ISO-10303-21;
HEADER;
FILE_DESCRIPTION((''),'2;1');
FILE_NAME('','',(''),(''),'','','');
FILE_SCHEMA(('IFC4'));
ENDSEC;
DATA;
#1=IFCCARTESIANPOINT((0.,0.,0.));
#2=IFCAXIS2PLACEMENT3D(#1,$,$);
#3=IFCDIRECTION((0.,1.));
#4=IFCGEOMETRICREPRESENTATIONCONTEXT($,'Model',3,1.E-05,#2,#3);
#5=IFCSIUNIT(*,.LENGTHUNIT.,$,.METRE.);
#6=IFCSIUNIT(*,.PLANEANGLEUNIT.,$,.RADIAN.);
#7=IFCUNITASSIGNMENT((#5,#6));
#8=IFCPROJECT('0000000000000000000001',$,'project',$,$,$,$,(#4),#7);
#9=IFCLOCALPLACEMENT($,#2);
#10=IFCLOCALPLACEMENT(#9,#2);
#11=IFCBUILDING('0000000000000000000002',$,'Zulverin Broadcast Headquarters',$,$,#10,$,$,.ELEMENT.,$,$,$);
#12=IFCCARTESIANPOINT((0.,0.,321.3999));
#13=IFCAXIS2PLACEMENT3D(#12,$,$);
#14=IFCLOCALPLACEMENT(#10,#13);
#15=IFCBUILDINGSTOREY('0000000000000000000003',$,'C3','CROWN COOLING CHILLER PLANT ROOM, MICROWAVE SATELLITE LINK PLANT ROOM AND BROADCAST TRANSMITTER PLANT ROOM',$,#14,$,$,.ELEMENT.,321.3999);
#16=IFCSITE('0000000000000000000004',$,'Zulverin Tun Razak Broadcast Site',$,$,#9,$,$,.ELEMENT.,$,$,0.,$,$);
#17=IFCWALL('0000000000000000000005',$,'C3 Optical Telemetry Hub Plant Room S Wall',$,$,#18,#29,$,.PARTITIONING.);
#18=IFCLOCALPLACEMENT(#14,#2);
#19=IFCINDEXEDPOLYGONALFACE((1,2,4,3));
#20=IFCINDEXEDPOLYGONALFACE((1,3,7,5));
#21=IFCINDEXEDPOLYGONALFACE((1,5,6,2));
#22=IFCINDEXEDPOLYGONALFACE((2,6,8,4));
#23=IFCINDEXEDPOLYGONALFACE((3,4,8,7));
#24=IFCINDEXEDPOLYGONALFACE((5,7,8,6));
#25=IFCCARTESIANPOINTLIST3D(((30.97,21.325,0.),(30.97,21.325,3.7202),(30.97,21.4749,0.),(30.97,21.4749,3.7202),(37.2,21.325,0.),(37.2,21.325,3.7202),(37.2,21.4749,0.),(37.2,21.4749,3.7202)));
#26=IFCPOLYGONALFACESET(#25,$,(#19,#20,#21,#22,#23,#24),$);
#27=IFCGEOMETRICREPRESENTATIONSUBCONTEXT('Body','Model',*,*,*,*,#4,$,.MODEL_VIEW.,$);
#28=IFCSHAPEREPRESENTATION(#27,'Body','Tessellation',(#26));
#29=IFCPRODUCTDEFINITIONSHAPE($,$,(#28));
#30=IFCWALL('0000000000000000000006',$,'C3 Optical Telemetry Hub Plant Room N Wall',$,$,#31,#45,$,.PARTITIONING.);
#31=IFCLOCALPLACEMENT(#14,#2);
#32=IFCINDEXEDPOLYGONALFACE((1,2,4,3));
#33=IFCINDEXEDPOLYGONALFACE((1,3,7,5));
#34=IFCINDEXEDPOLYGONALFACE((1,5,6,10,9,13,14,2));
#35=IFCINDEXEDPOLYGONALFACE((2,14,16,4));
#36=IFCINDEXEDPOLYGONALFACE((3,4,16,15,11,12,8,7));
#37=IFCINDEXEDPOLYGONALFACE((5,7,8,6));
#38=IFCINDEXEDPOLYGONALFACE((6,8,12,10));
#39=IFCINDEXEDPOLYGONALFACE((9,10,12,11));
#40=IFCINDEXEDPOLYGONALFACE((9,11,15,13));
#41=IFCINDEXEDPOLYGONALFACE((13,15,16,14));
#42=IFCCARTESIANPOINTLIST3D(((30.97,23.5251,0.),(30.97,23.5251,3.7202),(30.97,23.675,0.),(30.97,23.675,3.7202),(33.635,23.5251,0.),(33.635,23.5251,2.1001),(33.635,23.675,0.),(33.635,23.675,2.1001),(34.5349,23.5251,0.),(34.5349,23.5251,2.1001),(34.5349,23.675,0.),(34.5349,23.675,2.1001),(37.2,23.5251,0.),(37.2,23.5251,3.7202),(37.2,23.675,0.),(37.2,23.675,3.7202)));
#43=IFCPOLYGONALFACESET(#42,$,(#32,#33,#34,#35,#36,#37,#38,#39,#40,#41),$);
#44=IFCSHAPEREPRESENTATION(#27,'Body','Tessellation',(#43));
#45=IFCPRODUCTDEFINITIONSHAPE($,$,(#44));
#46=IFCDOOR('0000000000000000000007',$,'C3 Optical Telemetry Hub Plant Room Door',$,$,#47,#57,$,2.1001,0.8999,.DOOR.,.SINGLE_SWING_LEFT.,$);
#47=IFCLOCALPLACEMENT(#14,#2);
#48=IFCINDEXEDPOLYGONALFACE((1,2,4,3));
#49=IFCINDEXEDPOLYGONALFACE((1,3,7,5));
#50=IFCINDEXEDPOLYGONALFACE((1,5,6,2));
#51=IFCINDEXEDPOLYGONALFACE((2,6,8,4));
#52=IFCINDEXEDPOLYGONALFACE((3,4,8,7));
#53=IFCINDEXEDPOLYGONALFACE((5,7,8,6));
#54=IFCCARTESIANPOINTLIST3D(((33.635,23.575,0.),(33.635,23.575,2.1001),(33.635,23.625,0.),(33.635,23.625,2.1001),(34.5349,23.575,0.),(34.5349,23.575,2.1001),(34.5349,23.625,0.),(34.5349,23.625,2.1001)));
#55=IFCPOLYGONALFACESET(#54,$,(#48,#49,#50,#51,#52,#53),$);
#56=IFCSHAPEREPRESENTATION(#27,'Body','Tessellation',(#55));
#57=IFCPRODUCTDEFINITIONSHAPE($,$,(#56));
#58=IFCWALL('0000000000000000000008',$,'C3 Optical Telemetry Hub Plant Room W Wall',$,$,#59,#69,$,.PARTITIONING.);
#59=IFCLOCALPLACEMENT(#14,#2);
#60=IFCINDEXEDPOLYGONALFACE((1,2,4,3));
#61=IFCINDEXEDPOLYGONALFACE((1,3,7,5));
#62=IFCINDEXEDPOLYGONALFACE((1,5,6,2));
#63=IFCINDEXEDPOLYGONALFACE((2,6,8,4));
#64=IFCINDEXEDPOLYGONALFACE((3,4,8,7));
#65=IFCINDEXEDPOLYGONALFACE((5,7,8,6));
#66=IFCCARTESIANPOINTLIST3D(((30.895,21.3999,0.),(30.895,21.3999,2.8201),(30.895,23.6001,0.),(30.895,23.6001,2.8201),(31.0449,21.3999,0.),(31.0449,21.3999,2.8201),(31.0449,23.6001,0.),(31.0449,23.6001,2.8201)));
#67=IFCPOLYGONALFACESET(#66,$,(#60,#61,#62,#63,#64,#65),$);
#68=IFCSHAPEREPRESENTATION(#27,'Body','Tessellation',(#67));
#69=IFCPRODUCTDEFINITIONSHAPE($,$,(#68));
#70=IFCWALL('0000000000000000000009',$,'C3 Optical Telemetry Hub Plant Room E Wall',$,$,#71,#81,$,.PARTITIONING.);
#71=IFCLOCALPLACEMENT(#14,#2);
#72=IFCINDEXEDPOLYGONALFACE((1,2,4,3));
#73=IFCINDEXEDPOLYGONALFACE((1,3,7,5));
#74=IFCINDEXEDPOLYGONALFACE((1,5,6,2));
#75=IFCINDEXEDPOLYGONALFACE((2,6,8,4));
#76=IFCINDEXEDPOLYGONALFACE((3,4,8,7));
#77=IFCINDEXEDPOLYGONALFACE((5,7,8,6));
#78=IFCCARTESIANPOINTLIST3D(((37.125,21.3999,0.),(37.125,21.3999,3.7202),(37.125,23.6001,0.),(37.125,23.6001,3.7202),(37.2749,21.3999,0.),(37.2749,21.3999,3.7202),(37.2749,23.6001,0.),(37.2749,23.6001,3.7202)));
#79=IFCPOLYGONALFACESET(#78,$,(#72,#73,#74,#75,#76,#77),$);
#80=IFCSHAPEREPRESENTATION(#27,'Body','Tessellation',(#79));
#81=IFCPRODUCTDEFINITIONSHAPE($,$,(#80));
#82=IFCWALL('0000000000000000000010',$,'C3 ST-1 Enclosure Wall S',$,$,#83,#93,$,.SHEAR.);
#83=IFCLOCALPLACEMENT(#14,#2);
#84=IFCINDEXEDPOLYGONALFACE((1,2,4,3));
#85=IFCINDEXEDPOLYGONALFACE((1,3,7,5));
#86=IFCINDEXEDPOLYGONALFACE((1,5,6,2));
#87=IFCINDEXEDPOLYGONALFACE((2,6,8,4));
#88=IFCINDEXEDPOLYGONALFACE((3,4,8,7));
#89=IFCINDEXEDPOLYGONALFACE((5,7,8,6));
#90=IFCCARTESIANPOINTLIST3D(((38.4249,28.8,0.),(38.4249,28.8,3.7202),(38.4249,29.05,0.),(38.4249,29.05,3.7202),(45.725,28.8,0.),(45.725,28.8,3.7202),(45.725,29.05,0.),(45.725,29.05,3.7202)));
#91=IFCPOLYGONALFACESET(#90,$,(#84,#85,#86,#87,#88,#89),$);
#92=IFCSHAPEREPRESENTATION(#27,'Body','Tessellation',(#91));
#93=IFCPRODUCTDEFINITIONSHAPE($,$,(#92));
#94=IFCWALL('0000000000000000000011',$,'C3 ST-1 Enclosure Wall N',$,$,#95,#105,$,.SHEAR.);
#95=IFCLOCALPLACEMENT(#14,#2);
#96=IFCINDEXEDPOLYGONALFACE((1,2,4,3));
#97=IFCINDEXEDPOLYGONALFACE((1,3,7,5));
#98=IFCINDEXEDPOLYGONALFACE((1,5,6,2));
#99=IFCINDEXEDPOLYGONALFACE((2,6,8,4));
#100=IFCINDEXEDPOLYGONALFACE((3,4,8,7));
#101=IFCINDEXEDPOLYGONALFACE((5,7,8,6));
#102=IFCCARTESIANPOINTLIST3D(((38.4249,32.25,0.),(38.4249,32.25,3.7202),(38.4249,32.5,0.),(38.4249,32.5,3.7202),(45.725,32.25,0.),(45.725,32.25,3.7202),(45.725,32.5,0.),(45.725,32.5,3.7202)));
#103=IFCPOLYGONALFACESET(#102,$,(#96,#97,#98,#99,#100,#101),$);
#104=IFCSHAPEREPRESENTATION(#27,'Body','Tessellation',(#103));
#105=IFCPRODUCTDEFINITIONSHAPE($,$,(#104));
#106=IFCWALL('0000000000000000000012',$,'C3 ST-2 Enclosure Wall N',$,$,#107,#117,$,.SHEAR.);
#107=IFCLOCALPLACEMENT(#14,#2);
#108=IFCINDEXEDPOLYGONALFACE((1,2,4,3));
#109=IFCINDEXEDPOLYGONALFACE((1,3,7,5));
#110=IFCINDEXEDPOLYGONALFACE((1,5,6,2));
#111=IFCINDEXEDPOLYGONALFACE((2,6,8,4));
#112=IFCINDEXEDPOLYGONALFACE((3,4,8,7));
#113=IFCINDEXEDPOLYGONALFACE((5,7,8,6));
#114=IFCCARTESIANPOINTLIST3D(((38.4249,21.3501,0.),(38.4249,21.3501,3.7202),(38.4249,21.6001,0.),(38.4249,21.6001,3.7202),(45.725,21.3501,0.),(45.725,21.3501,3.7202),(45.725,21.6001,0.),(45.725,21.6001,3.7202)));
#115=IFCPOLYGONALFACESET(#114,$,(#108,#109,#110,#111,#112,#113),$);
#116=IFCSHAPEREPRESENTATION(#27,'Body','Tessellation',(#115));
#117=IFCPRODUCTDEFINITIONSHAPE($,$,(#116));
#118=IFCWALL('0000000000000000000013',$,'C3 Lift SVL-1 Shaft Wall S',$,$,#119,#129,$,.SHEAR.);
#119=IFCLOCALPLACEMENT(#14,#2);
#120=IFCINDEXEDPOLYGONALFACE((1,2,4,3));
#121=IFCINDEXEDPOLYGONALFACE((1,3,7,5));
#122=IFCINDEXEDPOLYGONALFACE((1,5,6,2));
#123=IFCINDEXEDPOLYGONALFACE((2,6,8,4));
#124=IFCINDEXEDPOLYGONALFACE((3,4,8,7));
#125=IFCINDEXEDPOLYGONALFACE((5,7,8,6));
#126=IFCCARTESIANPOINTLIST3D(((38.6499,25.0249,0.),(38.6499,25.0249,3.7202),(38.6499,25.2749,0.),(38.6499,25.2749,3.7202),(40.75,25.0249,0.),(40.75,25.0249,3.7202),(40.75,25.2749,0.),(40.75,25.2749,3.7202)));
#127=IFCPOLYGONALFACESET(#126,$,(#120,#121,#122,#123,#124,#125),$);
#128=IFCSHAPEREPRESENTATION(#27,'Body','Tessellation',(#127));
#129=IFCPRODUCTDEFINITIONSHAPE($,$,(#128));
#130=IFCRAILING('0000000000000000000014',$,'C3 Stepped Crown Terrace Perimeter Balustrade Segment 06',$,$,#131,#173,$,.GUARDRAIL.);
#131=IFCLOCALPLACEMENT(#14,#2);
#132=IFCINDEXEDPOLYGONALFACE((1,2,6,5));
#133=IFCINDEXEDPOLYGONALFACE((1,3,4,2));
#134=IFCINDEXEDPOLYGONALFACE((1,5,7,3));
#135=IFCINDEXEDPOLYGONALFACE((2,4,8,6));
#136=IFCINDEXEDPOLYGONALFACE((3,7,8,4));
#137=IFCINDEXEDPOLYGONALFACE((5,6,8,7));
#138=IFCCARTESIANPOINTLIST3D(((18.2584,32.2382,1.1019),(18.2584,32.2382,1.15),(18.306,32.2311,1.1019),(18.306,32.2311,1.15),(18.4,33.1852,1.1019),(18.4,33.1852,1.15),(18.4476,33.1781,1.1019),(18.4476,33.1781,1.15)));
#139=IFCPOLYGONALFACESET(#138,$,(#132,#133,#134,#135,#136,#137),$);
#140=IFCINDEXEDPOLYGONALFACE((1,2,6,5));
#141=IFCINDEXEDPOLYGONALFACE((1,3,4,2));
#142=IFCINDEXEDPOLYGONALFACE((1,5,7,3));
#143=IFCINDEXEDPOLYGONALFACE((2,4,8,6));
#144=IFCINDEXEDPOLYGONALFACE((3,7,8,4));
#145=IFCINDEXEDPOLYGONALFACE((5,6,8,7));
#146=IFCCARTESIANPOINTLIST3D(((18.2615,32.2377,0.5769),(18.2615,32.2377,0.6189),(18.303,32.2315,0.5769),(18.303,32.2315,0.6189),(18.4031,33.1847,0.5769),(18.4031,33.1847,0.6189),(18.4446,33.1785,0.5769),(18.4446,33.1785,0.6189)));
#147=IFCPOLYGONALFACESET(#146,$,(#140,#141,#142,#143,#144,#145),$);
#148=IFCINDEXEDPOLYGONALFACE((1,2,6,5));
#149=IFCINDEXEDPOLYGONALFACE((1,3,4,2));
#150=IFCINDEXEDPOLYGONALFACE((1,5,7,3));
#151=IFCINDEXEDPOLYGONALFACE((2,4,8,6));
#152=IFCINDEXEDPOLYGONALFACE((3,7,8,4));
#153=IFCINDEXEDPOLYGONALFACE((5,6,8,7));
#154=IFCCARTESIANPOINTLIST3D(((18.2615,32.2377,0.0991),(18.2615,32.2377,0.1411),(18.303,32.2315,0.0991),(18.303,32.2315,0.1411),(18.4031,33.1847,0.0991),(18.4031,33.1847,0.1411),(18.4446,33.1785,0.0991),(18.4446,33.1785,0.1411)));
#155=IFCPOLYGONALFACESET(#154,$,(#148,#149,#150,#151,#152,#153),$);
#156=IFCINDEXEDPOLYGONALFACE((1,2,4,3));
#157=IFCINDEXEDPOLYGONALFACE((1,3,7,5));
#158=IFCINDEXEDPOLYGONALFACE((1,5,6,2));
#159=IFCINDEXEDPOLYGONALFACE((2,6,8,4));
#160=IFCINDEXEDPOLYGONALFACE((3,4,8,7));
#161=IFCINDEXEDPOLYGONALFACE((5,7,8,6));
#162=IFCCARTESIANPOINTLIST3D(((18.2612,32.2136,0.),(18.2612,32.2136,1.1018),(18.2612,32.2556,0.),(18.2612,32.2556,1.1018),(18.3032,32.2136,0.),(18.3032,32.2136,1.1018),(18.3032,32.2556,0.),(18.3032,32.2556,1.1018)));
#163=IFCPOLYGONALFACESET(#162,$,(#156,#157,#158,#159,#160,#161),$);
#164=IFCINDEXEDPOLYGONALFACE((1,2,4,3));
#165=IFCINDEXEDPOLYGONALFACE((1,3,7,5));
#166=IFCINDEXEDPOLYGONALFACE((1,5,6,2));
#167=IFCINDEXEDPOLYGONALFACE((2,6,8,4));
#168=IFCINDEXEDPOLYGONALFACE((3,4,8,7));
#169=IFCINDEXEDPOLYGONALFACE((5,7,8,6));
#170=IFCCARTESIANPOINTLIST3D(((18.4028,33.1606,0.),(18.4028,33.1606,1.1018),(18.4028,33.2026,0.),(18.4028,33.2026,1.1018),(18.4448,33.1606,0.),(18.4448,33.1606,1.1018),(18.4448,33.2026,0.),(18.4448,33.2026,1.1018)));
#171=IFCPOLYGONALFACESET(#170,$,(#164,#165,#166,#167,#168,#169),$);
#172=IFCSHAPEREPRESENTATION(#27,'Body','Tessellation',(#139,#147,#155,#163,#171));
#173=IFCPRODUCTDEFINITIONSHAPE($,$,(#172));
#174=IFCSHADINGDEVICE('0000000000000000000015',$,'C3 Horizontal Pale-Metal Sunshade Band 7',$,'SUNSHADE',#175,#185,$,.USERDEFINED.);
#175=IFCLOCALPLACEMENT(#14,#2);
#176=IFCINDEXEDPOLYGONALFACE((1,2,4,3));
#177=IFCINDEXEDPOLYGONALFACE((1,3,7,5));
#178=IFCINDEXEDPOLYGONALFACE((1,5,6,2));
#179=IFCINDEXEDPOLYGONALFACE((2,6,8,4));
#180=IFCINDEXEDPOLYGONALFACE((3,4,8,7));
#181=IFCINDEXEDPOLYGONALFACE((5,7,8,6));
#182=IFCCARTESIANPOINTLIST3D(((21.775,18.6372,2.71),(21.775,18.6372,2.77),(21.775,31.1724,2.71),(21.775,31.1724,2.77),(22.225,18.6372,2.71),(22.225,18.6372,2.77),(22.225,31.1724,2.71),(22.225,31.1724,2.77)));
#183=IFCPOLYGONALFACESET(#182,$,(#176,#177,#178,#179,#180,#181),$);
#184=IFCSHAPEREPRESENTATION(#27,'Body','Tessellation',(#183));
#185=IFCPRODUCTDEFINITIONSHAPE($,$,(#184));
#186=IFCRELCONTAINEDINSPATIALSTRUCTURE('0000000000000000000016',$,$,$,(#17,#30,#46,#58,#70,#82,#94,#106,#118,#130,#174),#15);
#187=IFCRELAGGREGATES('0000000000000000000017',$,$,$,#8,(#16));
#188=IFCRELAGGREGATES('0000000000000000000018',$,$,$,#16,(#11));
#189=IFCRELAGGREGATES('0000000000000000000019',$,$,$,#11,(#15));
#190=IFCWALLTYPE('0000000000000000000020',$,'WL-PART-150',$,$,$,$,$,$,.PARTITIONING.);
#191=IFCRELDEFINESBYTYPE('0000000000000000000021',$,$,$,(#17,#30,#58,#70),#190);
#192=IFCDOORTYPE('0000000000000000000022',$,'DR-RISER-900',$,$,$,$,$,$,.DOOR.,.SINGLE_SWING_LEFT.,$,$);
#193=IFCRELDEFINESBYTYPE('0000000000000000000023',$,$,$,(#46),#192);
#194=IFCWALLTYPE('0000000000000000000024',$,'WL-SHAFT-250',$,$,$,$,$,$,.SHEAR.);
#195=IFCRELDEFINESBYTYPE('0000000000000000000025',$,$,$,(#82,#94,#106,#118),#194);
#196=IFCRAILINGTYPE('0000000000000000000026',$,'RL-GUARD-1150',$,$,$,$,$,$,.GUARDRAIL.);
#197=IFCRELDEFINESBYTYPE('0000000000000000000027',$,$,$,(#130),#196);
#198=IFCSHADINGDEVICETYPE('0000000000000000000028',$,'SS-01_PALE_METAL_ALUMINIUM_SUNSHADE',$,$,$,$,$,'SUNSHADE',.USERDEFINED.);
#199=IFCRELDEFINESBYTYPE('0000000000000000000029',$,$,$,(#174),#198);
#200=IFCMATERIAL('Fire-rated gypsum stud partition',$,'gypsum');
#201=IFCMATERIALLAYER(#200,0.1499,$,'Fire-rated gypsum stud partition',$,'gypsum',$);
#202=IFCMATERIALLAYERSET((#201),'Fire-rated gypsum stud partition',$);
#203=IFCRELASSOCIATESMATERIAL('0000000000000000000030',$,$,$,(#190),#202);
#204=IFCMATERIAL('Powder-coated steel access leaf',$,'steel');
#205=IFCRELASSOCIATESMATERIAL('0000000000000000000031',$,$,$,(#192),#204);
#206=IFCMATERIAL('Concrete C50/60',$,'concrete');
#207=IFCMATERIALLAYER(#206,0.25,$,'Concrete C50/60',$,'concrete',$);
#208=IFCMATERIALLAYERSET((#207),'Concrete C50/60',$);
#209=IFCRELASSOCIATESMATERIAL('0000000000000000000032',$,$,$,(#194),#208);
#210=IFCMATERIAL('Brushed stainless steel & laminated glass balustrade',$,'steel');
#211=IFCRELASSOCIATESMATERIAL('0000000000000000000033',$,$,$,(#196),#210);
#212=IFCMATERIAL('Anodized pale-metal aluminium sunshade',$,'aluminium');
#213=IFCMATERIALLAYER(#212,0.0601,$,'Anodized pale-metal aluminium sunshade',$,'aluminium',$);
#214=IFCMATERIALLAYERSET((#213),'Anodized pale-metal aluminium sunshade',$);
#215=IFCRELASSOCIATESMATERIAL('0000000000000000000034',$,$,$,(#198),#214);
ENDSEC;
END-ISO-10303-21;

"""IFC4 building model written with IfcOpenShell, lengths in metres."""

from ifc_helpers import new_model, si_unit, direction, frame, frame_2d, origin, origin_2d, place, context, subcontext, project, spatial, rectangle, extrude, material, layer, layer_set, type_object, element, fill, save


model = new_model("IFC4")

# Units and contexts
model_context = context("Model", 3, precision=1e-05, world=origin(), true_north=direction((0.0, 1.0)))
body_context = subcontext(model_context, "Body", "Model", "MODEL_VIEW")
ifc_project = project(units=[si_unit("LENGTHUNIT", "METRE"), si_unit("PLANEANGLEUNIT", "RADIAN")], contexts=[model_context])

# Site, building, storey
site_placement = place(None, origin())
site = spatial("IfcSite", under=ifc_project, at=site_placement, Name="Zulverin Tun Razak Broadcast Site", CompositionType="ELEMENT", RefElevation=0.0)
building_placement = place(site_placement, origin())
building = spatial("IfcBuilding", under=site, at=building_placement, Name="Zulverin Broadcast Headquarters", CompositionType="ELEMENT")
storey_placement = place(building_placement, frame((0.0, 0.0, 321.3999)))
storey = spatial("IfcBuildingStorey", under=building, at=storey_placement, Name="C3", Description="CROWN COOLING CHILLER PLANT ROOM, MICROWAVE SATELLITE LINK PLANT ROOM AND BROADCAST TRANSMITTER PLANT ROOM", CompositionType="ELEMENT", Elevation=321.3999)

# Shared definitions
ifc_material_1 = material(Name="Concrete C50/60", Category="concrete")

# Shared definitions
ifc_material_2 = material(Name="Fire-rated gypsum stud partition", Category="gypsum")
ifc_layer_1 = layer(ifc_material_2, 0.1499, Name="Fire-rated gypsum stud partition", Category="gypsum")
ifc_layer_set_1 = layer_set([ifc_layer_1], Name="Fire-rated gypsum stud partition")
wall_type_1 = type_object("IfcWallType", Name="WL-PART-150", PredefinedType="PARTITIONING", material=ifc_layer_set_1)

# Wall
wall_1_placement = place(storey_placement, frame((30.97, 21.3999, 0.0), z_axis=(0.0, 0.0, 1.0), x_axis=(1.0, 0.0, 0.0)))
element("IfcWall", 1, at=wall_1_placement, inside=storey, type_object=wall_type_1, Name="C3 Optical Telemetry Hub Plant Room S Wall", PredefinedType="PARTITIONING", context=body_context, shape_type="SweptSolid", body=[
    extrude(rectangle(XDim=6.23, YDim=0.1499, at=frame_2d((3.115, 0.0))), origin(), (0.0, 0.0, 1.0), 3.7202),
])

# Wall, opening, door
wall_2_placement = place(storey_placement, frame((30.97, 23.6001, 0.0), z_axis=(0.0, 0.0, 1.0), x_axis=(1.0, 0.0, 0.0)))
wall_2 = element("IfcWall", 2, at=wall_2_placement, inside=storey, type_object=wall_type_1, Name="C3 Optical Telemetry Hub Plant Room N Wall", PredefinedType="PARTITIONING", context=body_context, shape_type="SweptSolid", body=[
    extrude(rectangle(XDim=6.23, YDim=0.1499, at=frame_2d((3.115, 0.0))), origin(), (0.0, 0.0, 1.0), 3.7202),
])
opening_1_placement = place(wall_2_placement, frame((2.665, 0.0, 0.0)))
opening_1 = element("IfcOpeningElement", 3, at=opening_1_placement, cuts=wall_2, PredefinedType="OPENING", context=body_context, shape_type="SweptSolid", body=[
    extrude(rectangle(XDim=0.8999, YDim=2.1001, at=frame_2d((0.45, 1.05))), frame((0.0, 0.085, 0.0), z_axis=(0.0, -1.0, 0.0), x_axis=(1.0, 0.0, 0.0)), (0.0, 0.0, 1.0), 0.1699),
])
ifc_material_3 = material(Name="Powder-coated steel access leaf", Category="steel")
door_type_1 = type_object("IfcDoorType", Name="DR-RISER-900", OperationType="SINGLE_SWING_LEFT", PredefinedType="DOOR", material=ifc_material_3)
door_1_placement = place(opening_1_placement, origin())
door_1 = element("IfcDoor", 4, at=door_1_placement, inside=storey, type_object=door_type_1, Name="C3 Optical Telemetry Hub Plant Room Door", OperationType="SINGLE_SWING_LEFT", OverallHeight=2.1001, OverallWidth=0.8999, PredefinedType="DOOR", context=body_context, shape_type="SweptSolid", body=[
    extrude(rectangle(XDim=0.8999, YDim=2.1001, at=frame_2d((0.45, 1.05))), frame((0.0, 0.0249, 0.0), z_axis=(0.0, -1.0, 0.0), x_axis=(1.0, 0.0, 0.0)), (0.0, 0.0, 1.0), 0.05),
])
fill(opening_1, door_1)

# Walls
wall_3_placement = place(storey_placement, frame((30.97, 21.3999, 0.0), z_axis=(0.0, 0.0, 1.0), x_axis=(0.0, 1.0, 0.0)))
element("IfcWall", 5, at=wall_3_placement, inside=storey, type_object=wall_type_1, Name="C3 Optical Telemetry Hub Plant Room W Wall", PredefinedType="PARTITIONING", context=body_context, shape_type="SweptSolid", body=[
    extrude(rectangle(XDim=2.2002, YDim=0.1499, at=frame_2d((1.1001, 0.0))), origin(), (0.0, 0.0, 1.0), 2.8201),
])
wall_4_placement = place(storey_placement, frame((37.2, 21.3999, 0.0), z_axis=(0.0, 0.0, 1.0), x_axis=(0.0, 1.0, 0.0)))
element("IfcWall", 6, at=wall_4_placement, inside=storey, type_object=wall_type_1, Name="C3 Optical Telemetry Hub Plant Room E Wall", PredefinedType="PARTITIONING", context=body_context, shape_type="SweptSolid", body=[
    extrude(rectangle(XDim=2.2002, YDim=0.1499, at=frame_2d((1.1001, 0.0))), origin(), (0.0, 0.0, 1.0), 3.7202),
])
ifc_layer_2 = layer(ifc_material_1, 0.25, Name="Concrete C50/60", Category="concrete")
ifc_layer_set_2 = layer_set([ifc_layer_2], Name="Concrete C50/60")
wall_type_2 = type_object("IfcWallType", Name="WL-SHAFT-250", PredefinedType="SHEAR", material=ifc_layer_set_2)
for number, where, z_axis, x_axis, name in (
    (7, (38.425, 28.925, 0.0), (0.0, 0.0, 1.0), (1.0, 0.0, 0.0), "C3 ST-1 Enclosure Wall S"),
    (8, (38.425, 32.375, 0.0), (0.0, 0.0, 1.0), (1.0, 0.0, 0.0), "C3 ST-1 Enclosure Wall N"),
):
    element("IfcWall", number, at=place(storey_placement, frame(where, z_axis=z_axis, x_axis=x_axis)), inside=storey, type_object=wall_type_2, Name=name, PredefinedType="SHEAR", context=body_context, shape_type="SweptSolid", body=[
        extrude(rectangle(XDim=7.3, YDim=0.25, at=frame_2d((3.6499, 0.0))), origin(), (0.0, 0.0, 1.0), 3.7202),
    ])

# Walls
wall_5_placement = place(storey_placement, frame((38.425, 21.4751, 0.0), z_axis=(0.0, 0.0, 1.0), x_axis=(1.0, 0.0, 0.0)))
element("IfcWall", 9, at=wall_5_placement, inside=storey, type_object=wall_type_2, Name="C3 ST-2 Enclosure Wall N", PredefinedType="SHEAR", context=body_context, shape_type="SweptSolid", body=[
    extrude(rectangle(XDim=7.3, YDim=0.25, at=frame_2d((3.6499, 0.0))), origin(), (0.0, 0.0, 1.0), 3.7202),
])
wall_6_placement = place(storey_placement, frame((38.6499, 25.1499, 0.0), z_axis=(0.0, 0.0, 1.0), x_axis=(1.0, 0.0, 0.0)))
element("IfcWall", 10, at=wall_6_placement, inside=storey, type_object=wall_type_2, Name="C3 Lift SVL-1 Shaft Wall S", PredefinedType="SHEAR", context=body_context, shape_type="SweptSolid", body=[
    extrude(rectangle(XDim=2.1001, YDim=0.25, at=frame_2d((1.05, 0.0))), origin(), (0.0, 0.0, 1.0), 3.7202),
])

# Railing
ifc_material_4 = material(Name="Brushed stainless steel & laminated glass balustrade", Category="steel")
railing_type = type_object("IfcRailingType", Name="RL-GUARD-1150", PredefinedType="GUARDRAIL", material=ifc_material_4)
railing_placement = place(storey_placement, frame((18.2822, 32.2346, 0.0)))
element("IfcRailing", 11, at=railing_placement, inside=storey, type_object=railing_type, Name="C3 Stepped Crown Terrace Perimeter Balustrade Segment 06", PredefinedType="GUARDRAIL", context=body_context, shape_type="SweptSolid", body=[
    extrude(rectangle(XDim=0.0481, YDim=0.0481, at=origin_2d()), frame((0.0, 0.0, 1.126), z_axis=(0.147879, 0.989005, 0.0), x_axis=(-0.989005, 0.147879, 0.0)), (0.0, 0.0, 1.0), 0.9575),
    extrude(rectangle(XDim=0.042, YDim=0.042, at=origin_2d()), frame((0.0, 0.0, 0.5979), z_axis=(0.147879, 0.989005, 0.0), x_axis=(-0.989005, 0.147879, 0.0)), (0.0, 0.0, 1.0), 0.9575),
    extrude(rectangle(XDim=0.042, YDim=0.042, at=origin_2d()), frame((0.0, 0.0, 0.1201), z_axis=(0.147879, 0.989005, 0.0), x_axis=(-0.989005, 0.147879, 0.0)), (0.0, 0.0, 1.0), 0.9575),
    extrude(rectangle(XDim=0.042, YDim=0.042, at=origin_2d()), origin(), (0.0, 0.0, 1.0), 1.1018),
    extrude(rectangle(XDim=0.042, YDim=0.042, at=origin_2d()), frame((0.1416, 0.947, 0.0)), (0.0, 0.0, 1.0), 1.1018),
])

# Shading device
ifc_material_5 = material(Name="Anodized pale-metal aluminium sunshade", Category="aluminium")
ifc_layer_3 = layer(ifc_material_5, 0.0601, Name="Anodized pale-metal aluminium sunshade", Category="aluminium")
ifc_layer_set_3 = layer_set([ifc_layer_3], Name="Anodized pale-metal aluminium sunshade")
shading_device_type = type_object("IfcShadingDeviceType", Name="SS-01_PALE_METAL_ALUMINIUM_SUNSHADE", ElementType="SUNSHADE", PredefinedType="USERDEFINED", material=ifc_layer_set_3)
shading_device_placement = place(storey_placement, frame((22.0, 24.9048, 2.71), z_axis=(0.0, 0.0, 1.0), x_axis=(0.0, -1.0, 0.0)))
element("IfcShadingDevice", 12, at=shading_device_placement, inside=storey, type_object=shading_device_type, Name="C3 Horizontal Pale-Metal Sunshade Band 7", ObjectType="SUNSHADE", PredefinedType="USERDEFINED", context=body_context, shape_type="SweptSolid", body=[
    extrude(rectangle(XDim=12.5352, YDim=0.45, at=origin_2d()), origin(), (0.0, 0.0, 1.0), 0.0601),
])

save(model, "model.ifc")
